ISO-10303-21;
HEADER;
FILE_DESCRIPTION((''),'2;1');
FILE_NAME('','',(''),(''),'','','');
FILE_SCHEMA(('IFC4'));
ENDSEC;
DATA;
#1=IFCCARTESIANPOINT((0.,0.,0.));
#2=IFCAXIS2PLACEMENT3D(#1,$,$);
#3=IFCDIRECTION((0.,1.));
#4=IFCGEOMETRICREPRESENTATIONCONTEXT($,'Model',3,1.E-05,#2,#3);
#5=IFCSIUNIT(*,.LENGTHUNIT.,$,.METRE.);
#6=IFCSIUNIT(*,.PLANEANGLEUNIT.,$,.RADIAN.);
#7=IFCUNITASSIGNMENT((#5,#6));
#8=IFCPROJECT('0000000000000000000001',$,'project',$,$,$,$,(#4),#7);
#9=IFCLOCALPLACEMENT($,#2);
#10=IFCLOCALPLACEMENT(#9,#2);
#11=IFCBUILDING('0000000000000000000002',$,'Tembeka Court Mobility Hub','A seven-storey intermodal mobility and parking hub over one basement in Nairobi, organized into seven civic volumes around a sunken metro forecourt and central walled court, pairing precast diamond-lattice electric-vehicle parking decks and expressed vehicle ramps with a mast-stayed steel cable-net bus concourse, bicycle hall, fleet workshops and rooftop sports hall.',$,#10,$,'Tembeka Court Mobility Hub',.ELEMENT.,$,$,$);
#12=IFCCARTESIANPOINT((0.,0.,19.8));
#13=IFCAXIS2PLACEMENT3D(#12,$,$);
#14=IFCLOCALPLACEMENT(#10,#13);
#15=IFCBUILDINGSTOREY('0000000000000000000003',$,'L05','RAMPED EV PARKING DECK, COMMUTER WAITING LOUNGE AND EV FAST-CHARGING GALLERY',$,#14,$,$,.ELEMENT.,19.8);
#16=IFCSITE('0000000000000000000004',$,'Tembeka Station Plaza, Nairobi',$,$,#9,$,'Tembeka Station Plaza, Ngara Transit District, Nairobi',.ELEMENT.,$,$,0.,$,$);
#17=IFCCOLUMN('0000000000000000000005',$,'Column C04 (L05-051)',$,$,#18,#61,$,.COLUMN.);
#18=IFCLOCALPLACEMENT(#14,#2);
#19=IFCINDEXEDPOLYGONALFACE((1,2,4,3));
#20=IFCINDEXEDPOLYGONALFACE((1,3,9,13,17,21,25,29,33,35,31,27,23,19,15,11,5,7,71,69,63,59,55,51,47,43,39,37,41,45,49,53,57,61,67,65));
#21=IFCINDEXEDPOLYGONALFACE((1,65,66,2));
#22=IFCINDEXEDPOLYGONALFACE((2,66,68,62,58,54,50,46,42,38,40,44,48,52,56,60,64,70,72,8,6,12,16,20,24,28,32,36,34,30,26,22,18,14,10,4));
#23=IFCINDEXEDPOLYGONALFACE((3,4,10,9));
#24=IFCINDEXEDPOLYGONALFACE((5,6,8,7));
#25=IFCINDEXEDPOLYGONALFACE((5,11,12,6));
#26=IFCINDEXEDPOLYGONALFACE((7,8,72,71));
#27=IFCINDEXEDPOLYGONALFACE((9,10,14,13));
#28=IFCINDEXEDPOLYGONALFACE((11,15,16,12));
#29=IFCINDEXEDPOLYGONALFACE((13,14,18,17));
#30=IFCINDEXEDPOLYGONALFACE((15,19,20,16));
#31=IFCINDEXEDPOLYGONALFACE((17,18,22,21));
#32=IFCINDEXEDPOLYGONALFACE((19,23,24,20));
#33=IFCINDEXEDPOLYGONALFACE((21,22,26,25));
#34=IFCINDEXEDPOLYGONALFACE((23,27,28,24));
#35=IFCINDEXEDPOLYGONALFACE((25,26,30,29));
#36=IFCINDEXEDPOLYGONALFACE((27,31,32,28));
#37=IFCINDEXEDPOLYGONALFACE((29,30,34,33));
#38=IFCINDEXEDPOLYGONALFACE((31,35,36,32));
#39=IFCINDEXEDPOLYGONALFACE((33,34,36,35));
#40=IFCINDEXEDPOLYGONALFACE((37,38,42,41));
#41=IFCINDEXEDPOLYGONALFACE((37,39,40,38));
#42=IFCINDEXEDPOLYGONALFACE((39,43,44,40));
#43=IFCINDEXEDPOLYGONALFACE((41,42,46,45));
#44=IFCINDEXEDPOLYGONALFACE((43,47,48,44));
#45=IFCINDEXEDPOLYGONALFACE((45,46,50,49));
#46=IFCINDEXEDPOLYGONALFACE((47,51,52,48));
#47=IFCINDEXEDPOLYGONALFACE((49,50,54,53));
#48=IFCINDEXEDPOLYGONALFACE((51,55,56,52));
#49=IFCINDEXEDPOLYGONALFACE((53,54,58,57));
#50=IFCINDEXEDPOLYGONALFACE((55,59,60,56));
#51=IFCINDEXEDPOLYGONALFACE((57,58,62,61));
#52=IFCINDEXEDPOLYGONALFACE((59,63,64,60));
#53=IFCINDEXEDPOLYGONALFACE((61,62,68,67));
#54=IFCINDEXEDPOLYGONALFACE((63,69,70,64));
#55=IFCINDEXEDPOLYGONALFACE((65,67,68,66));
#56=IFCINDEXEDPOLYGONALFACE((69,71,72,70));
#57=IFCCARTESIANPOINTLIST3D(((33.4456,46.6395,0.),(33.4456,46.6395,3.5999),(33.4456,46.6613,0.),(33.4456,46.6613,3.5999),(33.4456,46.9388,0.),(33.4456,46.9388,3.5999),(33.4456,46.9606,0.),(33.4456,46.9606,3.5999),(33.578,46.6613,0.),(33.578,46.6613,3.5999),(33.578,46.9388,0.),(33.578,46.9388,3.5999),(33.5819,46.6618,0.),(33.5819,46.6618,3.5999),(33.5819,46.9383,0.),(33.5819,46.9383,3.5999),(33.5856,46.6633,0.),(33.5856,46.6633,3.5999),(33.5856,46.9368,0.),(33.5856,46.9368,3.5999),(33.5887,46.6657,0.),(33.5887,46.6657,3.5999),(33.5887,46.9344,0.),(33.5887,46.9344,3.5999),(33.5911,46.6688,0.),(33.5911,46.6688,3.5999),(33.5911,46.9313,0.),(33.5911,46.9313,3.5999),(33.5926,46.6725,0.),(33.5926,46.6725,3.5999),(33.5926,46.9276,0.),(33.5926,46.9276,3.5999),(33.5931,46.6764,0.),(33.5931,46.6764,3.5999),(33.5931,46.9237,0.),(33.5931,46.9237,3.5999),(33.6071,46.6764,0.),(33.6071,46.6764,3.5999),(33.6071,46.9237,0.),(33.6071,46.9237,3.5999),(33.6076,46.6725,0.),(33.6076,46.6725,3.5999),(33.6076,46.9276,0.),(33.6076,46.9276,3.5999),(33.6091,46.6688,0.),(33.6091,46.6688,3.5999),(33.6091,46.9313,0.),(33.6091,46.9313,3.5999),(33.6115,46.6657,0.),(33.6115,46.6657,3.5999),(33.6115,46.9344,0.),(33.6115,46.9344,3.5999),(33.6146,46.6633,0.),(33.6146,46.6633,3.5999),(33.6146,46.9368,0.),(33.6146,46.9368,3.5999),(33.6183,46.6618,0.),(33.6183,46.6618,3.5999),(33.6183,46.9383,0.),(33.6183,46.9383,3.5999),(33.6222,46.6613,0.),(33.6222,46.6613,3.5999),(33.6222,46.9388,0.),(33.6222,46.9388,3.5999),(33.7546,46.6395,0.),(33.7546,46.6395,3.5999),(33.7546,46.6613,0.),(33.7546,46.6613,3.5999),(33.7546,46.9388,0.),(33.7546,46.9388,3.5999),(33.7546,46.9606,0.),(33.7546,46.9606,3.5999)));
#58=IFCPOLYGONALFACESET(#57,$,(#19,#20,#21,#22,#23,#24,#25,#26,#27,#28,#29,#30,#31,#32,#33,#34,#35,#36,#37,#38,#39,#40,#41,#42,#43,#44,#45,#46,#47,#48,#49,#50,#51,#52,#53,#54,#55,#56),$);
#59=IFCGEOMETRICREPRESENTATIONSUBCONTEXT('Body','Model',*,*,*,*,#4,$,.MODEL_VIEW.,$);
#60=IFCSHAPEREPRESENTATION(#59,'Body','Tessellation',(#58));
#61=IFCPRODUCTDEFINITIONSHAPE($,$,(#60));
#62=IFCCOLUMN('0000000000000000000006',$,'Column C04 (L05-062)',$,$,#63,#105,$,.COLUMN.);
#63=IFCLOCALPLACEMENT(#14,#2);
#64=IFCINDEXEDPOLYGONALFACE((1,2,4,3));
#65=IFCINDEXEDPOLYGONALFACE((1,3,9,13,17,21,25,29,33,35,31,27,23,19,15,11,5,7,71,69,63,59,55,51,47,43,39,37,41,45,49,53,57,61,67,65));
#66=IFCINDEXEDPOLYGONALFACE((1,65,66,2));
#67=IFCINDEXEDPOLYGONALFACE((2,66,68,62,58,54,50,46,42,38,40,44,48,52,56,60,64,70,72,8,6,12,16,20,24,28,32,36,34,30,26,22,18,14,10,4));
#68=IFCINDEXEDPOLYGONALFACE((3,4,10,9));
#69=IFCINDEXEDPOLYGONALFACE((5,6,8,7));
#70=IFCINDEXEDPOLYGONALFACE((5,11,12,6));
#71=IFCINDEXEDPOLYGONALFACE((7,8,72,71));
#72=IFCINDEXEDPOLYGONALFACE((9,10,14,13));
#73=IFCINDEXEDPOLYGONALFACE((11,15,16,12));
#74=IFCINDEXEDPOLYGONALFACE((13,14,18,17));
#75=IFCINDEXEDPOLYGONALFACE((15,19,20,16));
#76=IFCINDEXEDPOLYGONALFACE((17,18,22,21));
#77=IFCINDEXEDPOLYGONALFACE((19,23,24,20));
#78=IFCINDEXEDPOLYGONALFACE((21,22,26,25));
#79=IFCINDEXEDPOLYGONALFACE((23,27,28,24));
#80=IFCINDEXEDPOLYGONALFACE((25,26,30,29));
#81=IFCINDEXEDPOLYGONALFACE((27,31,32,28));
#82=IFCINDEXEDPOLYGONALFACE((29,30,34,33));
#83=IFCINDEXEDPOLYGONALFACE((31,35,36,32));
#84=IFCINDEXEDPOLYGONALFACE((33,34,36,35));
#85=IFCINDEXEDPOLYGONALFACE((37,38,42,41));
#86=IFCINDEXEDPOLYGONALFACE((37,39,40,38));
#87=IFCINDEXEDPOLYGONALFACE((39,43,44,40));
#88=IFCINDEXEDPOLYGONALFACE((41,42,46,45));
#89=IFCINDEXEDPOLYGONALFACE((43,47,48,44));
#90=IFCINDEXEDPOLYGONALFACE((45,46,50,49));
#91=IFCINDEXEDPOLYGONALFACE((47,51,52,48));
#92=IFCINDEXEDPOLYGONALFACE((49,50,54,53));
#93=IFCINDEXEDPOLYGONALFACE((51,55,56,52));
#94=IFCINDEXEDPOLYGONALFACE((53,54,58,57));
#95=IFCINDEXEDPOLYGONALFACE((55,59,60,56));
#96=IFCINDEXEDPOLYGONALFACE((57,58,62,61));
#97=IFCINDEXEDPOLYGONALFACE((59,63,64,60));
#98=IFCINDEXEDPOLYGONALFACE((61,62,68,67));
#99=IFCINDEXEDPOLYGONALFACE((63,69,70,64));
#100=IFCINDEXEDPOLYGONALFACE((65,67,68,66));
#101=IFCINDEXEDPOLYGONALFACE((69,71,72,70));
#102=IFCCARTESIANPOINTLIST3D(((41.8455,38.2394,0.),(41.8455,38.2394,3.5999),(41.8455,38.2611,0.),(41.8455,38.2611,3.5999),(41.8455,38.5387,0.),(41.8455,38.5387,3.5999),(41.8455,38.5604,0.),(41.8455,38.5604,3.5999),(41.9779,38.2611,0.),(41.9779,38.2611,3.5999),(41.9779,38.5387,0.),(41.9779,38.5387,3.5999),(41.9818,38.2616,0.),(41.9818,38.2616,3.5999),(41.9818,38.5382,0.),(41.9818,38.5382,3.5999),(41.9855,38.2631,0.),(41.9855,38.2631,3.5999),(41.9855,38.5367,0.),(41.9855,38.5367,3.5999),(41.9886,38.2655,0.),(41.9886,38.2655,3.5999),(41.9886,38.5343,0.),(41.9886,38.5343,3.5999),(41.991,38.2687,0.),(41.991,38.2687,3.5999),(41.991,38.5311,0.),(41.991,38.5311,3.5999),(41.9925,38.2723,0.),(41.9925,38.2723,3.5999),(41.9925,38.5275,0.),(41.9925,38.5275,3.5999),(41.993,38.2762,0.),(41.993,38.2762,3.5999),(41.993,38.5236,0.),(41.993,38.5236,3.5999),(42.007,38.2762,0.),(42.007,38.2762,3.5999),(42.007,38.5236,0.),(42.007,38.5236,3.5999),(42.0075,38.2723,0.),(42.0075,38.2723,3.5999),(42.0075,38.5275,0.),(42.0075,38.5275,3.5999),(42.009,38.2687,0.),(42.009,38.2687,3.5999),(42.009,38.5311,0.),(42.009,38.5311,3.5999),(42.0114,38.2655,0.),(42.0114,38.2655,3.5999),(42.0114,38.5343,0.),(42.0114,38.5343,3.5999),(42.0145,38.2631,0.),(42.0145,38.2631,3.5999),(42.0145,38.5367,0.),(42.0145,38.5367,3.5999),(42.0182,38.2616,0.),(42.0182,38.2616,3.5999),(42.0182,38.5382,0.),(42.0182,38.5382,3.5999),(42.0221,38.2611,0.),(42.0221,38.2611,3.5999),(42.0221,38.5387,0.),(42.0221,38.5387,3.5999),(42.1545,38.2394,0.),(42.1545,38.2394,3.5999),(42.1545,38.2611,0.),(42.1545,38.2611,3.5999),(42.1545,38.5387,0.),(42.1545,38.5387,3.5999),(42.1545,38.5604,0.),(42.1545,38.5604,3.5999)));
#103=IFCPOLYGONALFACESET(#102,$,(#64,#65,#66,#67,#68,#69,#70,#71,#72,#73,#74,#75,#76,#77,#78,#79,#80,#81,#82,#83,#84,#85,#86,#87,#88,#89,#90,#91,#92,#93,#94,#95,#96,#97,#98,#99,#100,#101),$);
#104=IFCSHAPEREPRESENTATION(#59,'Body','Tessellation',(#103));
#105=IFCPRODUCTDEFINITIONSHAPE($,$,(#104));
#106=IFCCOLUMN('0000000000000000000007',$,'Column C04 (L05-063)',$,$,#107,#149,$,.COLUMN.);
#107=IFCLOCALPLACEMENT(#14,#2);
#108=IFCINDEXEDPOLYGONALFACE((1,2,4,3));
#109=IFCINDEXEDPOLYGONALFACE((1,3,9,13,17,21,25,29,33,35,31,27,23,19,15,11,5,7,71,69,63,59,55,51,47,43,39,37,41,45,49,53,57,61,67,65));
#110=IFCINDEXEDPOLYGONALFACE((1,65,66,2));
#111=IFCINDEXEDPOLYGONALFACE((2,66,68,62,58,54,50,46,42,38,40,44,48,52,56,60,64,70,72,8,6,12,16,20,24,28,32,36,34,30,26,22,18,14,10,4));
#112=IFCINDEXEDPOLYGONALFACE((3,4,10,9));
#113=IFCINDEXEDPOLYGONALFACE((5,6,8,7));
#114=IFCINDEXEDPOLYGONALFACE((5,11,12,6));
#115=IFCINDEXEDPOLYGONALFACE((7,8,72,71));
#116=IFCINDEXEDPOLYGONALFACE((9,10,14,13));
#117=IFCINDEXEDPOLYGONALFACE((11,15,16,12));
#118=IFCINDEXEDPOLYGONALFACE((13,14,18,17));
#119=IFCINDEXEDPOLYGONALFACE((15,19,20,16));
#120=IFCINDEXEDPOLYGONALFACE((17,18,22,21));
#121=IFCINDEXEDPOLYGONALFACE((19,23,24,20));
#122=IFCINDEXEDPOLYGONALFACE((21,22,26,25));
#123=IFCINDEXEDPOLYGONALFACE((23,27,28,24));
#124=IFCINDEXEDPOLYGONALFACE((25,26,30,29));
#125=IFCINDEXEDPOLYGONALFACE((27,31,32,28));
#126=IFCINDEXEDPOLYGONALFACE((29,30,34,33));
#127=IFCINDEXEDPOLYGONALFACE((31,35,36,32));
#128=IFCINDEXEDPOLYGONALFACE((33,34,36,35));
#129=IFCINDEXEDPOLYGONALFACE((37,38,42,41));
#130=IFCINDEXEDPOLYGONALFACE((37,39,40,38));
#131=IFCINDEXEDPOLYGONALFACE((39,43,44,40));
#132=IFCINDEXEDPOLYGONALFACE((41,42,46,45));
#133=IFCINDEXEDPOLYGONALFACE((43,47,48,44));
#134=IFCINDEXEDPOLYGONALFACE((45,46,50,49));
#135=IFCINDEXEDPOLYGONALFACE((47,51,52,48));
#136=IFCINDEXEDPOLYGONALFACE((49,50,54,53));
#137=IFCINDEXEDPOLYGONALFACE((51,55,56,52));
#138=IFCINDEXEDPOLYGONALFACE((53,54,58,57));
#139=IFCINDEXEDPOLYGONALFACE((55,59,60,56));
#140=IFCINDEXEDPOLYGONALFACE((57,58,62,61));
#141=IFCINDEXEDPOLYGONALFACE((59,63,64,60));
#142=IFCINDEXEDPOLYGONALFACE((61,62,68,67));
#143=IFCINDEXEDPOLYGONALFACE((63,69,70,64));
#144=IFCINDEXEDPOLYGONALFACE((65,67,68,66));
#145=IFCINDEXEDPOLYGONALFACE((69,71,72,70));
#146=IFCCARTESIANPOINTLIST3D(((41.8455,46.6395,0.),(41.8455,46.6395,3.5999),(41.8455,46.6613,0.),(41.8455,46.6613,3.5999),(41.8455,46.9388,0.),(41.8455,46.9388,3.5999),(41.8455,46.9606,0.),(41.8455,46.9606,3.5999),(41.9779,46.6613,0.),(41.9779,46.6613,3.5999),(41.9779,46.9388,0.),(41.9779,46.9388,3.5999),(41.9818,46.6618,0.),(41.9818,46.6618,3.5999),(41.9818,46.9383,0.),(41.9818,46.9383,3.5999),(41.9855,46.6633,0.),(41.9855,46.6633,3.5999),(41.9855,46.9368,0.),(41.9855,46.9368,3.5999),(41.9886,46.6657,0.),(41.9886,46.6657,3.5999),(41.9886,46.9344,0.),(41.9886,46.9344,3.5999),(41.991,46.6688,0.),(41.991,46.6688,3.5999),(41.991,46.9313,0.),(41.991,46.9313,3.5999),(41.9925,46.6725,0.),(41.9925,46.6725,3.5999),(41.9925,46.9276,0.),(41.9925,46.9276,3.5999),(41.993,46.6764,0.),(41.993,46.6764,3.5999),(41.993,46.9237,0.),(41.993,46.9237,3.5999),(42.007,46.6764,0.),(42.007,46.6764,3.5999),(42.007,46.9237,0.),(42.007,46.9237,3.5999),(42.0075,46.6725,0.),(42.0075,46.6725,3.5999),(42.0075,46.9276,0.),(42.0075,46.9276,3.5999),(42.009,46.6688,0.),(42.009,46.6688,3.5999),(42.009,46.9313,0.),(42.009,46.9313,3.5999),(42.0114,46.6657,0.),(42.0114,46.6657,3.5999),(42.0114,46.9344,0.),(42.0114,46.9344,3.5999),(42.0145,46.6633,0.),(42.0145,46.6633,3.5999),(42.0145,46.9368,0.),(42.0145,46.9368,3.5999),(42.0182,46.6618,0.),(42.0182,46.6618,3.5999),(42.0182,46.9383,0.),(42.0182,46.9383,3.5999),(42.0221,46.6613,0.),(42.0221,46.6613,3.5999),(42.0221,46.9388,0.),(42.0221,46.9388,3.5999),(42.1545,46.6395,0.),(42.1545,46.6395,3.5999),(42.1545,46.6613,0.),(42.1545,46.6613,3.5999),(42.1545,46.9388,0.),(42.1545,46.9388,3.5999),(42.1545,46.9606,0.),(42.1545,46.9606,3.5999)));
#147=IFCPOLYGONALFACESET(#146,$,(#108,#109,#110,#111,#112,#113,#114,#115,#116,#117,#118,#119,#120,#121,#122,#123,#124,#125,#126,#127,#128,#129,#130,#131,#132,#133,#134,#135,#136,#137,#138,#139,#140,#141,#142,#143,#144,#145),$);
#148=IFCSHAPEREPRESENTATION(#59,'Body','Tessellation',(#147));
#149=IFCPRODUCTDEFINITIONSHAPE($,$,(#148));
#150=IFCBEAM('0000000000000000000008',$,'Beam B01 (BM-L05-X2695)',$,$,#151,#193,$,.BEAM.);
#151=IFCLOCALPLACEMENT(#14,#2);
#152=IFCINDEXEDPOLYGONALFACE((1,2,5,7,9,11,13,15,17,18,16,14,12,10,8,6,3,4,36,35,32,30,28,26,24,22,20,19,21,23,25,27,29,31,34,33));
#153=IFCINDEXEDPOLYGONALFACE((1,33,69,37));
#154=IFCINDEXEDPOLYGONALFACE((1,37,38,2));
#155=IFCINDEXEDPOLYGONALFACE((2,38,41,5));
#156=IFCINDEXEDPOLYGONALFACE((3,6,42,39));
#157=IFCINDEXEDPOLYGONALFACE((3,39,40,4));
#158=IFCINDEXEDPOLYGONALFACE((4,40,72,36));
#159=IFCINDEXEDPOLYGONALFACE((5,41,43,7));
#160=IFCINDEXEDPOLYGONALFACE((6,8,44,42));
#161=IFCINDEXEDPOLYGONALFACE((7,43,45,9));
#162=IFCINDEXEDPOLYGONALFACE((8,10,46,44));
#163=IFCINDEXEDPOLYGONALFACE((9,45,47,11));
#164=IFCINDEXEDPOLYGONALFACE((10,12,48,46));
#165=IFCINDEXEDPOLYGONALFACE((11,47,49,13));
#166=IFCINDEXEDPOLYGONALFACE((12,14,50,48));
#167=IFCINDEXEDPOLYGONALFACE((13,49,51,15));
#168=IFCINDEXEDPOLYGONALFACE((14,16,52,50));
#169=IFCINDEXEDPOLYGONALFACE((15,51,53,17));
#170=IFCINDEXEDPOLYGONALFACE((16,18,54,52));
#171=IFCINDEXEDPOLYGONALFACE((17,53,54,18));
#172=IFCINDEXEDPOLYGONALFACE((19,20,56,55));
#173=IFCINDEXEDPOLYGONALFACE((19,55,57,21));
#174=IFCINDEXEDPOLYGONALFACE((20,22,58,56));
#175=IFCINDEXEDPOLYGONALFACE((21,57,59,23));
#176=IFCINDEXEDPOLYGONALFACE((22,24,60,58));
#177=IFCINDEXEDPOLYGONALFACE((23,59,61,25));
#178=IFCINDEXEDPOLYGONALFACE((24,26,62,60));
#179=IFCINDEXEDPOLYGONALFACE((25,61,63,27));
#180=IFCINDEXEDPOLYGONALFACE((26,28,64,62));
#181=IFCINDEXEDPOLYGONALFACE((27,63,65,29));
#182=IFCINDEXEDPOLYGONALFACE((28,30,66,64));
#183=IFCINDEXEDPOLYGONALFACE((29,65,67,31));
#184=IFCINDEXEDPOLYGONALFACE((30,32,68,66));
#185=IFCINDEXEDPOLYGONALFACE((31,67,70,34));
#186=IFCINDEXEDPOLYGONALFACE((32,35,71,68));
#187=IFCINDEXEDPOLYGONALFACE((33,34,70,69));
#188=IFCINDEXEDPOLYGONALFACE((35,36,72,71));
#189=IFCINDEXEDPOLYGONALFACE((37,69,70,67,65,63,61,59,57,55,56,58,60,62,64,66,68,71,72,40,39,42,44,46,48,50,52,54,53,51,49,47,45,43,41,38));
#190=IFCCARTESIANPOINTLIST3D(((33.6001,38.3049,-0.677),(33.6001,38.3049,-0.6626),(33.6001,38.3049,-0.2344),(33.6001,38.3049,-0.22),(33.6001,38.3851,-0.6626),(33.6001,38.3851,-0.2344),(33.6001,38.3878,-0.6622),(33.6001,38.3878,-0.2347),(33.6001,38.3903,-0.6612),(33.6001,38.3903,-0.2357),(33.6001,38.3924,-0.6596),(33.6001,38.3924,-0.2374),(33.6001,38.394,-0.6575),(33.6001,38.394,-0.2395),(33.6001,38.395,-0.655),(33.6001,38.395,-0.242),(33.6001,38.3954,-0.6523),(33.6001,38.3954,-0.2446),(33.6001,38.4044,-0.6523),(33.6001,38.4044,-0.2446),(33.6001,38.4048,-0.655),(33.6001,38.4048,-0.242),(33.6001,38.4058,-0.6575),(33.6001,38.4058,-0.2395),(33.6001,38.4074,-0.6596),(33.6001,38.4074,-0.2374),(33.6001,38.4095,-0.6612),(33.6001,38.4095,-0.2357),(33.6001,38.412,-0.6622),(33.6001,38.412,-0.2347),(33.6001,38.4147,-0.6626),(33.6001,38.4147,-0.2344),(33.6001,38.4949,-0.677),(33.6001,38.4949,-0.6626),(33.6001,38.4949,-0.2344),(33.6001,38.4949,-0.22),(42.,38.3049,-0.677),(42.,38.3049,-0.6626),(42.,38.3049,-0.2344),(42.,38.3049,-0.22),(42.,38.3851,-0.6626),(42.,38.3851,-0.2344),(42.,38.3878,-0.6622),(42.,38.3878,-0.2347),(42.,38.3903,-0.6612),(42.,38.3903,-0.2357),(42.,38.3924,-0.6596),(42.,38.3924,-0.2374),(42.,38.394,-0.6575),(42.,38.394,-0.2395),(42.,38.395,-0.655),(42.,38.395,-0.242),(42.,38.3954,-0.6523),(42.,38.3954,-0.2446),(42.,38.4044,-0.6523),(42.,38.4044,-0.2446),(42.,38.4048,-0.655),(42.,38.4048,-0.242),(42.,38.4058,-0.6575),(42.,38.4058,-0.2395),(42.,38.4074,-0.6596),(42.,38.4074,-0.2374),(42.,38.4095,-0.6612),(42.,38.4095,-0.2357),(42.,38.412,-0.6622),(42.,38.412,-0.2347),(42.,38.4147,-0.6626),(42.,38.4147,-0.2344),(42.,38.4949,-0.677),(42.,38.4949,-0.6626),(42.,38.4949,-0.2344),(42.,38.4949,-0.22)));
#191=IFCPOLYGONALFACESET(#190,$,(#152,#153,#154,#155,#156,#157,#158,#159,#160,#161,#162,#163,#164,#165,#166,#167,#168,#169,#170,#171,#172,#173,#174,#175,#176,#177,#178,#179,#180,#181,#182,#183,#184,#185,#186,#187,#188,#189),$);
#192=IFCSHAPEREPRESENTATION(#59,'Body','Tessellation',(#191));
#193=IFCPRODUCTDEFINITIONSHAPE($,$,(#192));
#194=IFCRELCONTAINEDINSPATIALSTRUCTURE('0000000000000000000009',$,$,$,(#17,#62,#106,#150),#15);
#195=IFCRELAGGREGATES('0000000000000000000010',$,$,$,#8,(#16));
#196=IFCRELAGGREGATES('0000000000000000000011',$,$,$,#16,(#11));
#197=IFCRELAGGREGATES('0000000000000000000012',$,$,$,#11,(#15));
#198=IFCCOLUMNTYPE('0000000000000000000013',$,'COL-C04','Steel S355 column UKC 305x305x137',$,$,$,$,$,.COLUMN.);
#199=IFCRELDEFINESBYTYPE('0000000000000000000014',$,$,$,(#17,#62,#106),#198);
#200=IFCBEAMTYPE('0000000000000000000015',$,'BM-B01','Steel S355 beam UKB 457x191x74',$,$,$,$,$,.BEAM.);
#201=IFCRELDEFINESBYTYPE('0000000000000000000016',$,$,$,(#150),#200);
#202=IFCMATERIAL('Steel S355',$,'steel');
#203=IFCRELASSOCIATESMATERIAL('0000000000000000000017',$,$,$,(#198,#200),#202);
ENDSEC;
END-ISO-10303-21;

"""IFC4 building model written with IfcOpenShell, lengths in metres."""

from ifc_helpers import new_model, si_unit, direction, frame, origin, origin_2d, place, context, subcontext, project, spatial, i_section, extrude, material, material_profile, profile_set, type_object, element, save


model = new_model("IFC4")

# Units and contexts
model_context = context("Model", 3, precision=1e-05, world=origin(), true_north=direction((0.0, 1.0)))
body_context = subcontext(model_context, "Body", "Model", "MODEL_VIEW")
ifc_project = project(units=[si_unit("LENGTHUNIT", "METRE"), si_unit("PLANEANGLEUNIT", "RADIAN")], contexts=[model_context])

# Site, building, storey
site_placement = place(None, origin())
site = spatial("IfcSite", under=ifc_project, at=site_placement, Name="Tembeka Station Plaza, Nairobi", LongName="Tembeka Station Plaza, Ngara Transit District, Nairobi", CompositionType="ELEMENT", RefElevation=0.0)
building_placement = place(site_placement, origin())
building = spatial("IfcBuilding", under=site, at=building_placement, Name="Tembeka Court Mobility Hub", Description="A seven-storey intermodal mobility and parking hub over one basement in Nairobi, organized into seven civic volumes around a sunken metro forecourt and central walled court, pairing precast diamond-lattice electric-vehicle parking decks and expressed vehicle ramps with a mast-stayed steel cable-net bus concourse, bicycle hall, fleet workshops and rooftop sports hall.", LongName="Tembeka Court Mobility Hub", CompositionType="ELEMENT")
storey_placement = place(building_placement, frame((0.0, 0.0, 19.8)))
storey = spatial("IfcBuildingStorey", under=building, at=storey_placement, Name="L05", Description="RAMPED EV PARKING DECK, COMMUTER WAITING LOUNGE AND EV FAST-CHARGING GALLERY", CompositionType="ELEMENT", Elevation=19.8)

# Columns
ifc_material_1 = material(Name="Steel S355", Category="steel")
ifc_material_profile_1 = material_profile(ifc_material_1, i_section(OverallWidth=0.3091, OverallDepth=0.321, WebThickness=0.0139, FlangeThickness=0.0217, FilletRadius=0.0151, at=origin_2d()), Name="UKC 305x305x137")
ifc_profile_set_1 = profile_set([ifc_material_profile_1], Name="Steel S355")
column_type = type_object("IfcColumnType", Name="COL-C04", Description="Steel S355 column UKC 305x305x137", PredefinedType="COLUMN", material=ifc_profile_set_1)
for number, where, z_axis, x_axis, name in (
    (1, (33.6001, 46.8, 0.0), (0.0, 0.0, 1.0), (1.0, 0.0, 0.0), "Column C04 (L05-051)"),
    (2, (42.0, 38.3999, 0.0), (0.0, 0.0, 1.0), (1.0, 0.0, 0.0), "Column C04 (L05-062)"),
    (3, (42.0, 46.8, 0.0), (0.0, 0.0, 1.0), (1.0, 0.0, 0.0), "Column C04 (L05-063)"),
):
    element("IfcColumn", number, at=place(storey_placement, frame(where, z_axis=z_axis, x_axis=x_axis)), inside=storey, type_object=column_type, Name=name, PredefinedType="COLUMN", context=body_context, shape_type="SweptSolid", body=[
        extrude(i_section(OverallWidth=0.3091, OverallDepth=0.321, WebThickness=0.0139, FlangeThickness=0.0217, FilletRadius=0.0151, at=origin_2d()), origin(), (0.0, 0.0, 1.0), 3.5999),
    ])

# Beam
ifc_material_profile_2 = material_profile(ifc_material_1, i_section(OverallWidth=0.1899, OverallDepth=0.457, WebThickness=0.009, FlangeThickness=0.0144, FilletRadius=0.0103, at=origin_2d()), Name="UKB 457x191x74")
ifc_profile_set_2 = profile_set([ifc_material_profile_2], Name="Steel S355")
beam_type_1 = type_object("IfcBeamType", Name="BM-B01", Description="Steel S355 beam UKB 457x191x74", PredefinedType="BEAM", material=ifc_profile_set_2)
for number, where, z_axis, x_axis, name in (
    (4, (33.6001, 38.3999, -0.4485), (1.0, 0.0, 0.0), (0.0, 1.0, 0.0), "Beam B01 (BM-L05-X2695)"),
):
    element("IfcBeam", number, at=place(storey_placement, frame(where, z_axis=z_axis, x_axis=x_axis)), inside=storey, type_object=beam_type_1, Name=name, PredefinedType="BEAM", context=body_context, shape_type="SweptSolid", body=[
        extrude(i_section(OverallWidth=0.1899, OverallDepth=0.457, WebThickness=0.009, FlangeThickness=0.0144, FilletRadius=0.0103, at=origin_2d()), origin(), (0.0, 0.0, 1.0), 8.3999),
    ])

save(model, "model.ifc")
